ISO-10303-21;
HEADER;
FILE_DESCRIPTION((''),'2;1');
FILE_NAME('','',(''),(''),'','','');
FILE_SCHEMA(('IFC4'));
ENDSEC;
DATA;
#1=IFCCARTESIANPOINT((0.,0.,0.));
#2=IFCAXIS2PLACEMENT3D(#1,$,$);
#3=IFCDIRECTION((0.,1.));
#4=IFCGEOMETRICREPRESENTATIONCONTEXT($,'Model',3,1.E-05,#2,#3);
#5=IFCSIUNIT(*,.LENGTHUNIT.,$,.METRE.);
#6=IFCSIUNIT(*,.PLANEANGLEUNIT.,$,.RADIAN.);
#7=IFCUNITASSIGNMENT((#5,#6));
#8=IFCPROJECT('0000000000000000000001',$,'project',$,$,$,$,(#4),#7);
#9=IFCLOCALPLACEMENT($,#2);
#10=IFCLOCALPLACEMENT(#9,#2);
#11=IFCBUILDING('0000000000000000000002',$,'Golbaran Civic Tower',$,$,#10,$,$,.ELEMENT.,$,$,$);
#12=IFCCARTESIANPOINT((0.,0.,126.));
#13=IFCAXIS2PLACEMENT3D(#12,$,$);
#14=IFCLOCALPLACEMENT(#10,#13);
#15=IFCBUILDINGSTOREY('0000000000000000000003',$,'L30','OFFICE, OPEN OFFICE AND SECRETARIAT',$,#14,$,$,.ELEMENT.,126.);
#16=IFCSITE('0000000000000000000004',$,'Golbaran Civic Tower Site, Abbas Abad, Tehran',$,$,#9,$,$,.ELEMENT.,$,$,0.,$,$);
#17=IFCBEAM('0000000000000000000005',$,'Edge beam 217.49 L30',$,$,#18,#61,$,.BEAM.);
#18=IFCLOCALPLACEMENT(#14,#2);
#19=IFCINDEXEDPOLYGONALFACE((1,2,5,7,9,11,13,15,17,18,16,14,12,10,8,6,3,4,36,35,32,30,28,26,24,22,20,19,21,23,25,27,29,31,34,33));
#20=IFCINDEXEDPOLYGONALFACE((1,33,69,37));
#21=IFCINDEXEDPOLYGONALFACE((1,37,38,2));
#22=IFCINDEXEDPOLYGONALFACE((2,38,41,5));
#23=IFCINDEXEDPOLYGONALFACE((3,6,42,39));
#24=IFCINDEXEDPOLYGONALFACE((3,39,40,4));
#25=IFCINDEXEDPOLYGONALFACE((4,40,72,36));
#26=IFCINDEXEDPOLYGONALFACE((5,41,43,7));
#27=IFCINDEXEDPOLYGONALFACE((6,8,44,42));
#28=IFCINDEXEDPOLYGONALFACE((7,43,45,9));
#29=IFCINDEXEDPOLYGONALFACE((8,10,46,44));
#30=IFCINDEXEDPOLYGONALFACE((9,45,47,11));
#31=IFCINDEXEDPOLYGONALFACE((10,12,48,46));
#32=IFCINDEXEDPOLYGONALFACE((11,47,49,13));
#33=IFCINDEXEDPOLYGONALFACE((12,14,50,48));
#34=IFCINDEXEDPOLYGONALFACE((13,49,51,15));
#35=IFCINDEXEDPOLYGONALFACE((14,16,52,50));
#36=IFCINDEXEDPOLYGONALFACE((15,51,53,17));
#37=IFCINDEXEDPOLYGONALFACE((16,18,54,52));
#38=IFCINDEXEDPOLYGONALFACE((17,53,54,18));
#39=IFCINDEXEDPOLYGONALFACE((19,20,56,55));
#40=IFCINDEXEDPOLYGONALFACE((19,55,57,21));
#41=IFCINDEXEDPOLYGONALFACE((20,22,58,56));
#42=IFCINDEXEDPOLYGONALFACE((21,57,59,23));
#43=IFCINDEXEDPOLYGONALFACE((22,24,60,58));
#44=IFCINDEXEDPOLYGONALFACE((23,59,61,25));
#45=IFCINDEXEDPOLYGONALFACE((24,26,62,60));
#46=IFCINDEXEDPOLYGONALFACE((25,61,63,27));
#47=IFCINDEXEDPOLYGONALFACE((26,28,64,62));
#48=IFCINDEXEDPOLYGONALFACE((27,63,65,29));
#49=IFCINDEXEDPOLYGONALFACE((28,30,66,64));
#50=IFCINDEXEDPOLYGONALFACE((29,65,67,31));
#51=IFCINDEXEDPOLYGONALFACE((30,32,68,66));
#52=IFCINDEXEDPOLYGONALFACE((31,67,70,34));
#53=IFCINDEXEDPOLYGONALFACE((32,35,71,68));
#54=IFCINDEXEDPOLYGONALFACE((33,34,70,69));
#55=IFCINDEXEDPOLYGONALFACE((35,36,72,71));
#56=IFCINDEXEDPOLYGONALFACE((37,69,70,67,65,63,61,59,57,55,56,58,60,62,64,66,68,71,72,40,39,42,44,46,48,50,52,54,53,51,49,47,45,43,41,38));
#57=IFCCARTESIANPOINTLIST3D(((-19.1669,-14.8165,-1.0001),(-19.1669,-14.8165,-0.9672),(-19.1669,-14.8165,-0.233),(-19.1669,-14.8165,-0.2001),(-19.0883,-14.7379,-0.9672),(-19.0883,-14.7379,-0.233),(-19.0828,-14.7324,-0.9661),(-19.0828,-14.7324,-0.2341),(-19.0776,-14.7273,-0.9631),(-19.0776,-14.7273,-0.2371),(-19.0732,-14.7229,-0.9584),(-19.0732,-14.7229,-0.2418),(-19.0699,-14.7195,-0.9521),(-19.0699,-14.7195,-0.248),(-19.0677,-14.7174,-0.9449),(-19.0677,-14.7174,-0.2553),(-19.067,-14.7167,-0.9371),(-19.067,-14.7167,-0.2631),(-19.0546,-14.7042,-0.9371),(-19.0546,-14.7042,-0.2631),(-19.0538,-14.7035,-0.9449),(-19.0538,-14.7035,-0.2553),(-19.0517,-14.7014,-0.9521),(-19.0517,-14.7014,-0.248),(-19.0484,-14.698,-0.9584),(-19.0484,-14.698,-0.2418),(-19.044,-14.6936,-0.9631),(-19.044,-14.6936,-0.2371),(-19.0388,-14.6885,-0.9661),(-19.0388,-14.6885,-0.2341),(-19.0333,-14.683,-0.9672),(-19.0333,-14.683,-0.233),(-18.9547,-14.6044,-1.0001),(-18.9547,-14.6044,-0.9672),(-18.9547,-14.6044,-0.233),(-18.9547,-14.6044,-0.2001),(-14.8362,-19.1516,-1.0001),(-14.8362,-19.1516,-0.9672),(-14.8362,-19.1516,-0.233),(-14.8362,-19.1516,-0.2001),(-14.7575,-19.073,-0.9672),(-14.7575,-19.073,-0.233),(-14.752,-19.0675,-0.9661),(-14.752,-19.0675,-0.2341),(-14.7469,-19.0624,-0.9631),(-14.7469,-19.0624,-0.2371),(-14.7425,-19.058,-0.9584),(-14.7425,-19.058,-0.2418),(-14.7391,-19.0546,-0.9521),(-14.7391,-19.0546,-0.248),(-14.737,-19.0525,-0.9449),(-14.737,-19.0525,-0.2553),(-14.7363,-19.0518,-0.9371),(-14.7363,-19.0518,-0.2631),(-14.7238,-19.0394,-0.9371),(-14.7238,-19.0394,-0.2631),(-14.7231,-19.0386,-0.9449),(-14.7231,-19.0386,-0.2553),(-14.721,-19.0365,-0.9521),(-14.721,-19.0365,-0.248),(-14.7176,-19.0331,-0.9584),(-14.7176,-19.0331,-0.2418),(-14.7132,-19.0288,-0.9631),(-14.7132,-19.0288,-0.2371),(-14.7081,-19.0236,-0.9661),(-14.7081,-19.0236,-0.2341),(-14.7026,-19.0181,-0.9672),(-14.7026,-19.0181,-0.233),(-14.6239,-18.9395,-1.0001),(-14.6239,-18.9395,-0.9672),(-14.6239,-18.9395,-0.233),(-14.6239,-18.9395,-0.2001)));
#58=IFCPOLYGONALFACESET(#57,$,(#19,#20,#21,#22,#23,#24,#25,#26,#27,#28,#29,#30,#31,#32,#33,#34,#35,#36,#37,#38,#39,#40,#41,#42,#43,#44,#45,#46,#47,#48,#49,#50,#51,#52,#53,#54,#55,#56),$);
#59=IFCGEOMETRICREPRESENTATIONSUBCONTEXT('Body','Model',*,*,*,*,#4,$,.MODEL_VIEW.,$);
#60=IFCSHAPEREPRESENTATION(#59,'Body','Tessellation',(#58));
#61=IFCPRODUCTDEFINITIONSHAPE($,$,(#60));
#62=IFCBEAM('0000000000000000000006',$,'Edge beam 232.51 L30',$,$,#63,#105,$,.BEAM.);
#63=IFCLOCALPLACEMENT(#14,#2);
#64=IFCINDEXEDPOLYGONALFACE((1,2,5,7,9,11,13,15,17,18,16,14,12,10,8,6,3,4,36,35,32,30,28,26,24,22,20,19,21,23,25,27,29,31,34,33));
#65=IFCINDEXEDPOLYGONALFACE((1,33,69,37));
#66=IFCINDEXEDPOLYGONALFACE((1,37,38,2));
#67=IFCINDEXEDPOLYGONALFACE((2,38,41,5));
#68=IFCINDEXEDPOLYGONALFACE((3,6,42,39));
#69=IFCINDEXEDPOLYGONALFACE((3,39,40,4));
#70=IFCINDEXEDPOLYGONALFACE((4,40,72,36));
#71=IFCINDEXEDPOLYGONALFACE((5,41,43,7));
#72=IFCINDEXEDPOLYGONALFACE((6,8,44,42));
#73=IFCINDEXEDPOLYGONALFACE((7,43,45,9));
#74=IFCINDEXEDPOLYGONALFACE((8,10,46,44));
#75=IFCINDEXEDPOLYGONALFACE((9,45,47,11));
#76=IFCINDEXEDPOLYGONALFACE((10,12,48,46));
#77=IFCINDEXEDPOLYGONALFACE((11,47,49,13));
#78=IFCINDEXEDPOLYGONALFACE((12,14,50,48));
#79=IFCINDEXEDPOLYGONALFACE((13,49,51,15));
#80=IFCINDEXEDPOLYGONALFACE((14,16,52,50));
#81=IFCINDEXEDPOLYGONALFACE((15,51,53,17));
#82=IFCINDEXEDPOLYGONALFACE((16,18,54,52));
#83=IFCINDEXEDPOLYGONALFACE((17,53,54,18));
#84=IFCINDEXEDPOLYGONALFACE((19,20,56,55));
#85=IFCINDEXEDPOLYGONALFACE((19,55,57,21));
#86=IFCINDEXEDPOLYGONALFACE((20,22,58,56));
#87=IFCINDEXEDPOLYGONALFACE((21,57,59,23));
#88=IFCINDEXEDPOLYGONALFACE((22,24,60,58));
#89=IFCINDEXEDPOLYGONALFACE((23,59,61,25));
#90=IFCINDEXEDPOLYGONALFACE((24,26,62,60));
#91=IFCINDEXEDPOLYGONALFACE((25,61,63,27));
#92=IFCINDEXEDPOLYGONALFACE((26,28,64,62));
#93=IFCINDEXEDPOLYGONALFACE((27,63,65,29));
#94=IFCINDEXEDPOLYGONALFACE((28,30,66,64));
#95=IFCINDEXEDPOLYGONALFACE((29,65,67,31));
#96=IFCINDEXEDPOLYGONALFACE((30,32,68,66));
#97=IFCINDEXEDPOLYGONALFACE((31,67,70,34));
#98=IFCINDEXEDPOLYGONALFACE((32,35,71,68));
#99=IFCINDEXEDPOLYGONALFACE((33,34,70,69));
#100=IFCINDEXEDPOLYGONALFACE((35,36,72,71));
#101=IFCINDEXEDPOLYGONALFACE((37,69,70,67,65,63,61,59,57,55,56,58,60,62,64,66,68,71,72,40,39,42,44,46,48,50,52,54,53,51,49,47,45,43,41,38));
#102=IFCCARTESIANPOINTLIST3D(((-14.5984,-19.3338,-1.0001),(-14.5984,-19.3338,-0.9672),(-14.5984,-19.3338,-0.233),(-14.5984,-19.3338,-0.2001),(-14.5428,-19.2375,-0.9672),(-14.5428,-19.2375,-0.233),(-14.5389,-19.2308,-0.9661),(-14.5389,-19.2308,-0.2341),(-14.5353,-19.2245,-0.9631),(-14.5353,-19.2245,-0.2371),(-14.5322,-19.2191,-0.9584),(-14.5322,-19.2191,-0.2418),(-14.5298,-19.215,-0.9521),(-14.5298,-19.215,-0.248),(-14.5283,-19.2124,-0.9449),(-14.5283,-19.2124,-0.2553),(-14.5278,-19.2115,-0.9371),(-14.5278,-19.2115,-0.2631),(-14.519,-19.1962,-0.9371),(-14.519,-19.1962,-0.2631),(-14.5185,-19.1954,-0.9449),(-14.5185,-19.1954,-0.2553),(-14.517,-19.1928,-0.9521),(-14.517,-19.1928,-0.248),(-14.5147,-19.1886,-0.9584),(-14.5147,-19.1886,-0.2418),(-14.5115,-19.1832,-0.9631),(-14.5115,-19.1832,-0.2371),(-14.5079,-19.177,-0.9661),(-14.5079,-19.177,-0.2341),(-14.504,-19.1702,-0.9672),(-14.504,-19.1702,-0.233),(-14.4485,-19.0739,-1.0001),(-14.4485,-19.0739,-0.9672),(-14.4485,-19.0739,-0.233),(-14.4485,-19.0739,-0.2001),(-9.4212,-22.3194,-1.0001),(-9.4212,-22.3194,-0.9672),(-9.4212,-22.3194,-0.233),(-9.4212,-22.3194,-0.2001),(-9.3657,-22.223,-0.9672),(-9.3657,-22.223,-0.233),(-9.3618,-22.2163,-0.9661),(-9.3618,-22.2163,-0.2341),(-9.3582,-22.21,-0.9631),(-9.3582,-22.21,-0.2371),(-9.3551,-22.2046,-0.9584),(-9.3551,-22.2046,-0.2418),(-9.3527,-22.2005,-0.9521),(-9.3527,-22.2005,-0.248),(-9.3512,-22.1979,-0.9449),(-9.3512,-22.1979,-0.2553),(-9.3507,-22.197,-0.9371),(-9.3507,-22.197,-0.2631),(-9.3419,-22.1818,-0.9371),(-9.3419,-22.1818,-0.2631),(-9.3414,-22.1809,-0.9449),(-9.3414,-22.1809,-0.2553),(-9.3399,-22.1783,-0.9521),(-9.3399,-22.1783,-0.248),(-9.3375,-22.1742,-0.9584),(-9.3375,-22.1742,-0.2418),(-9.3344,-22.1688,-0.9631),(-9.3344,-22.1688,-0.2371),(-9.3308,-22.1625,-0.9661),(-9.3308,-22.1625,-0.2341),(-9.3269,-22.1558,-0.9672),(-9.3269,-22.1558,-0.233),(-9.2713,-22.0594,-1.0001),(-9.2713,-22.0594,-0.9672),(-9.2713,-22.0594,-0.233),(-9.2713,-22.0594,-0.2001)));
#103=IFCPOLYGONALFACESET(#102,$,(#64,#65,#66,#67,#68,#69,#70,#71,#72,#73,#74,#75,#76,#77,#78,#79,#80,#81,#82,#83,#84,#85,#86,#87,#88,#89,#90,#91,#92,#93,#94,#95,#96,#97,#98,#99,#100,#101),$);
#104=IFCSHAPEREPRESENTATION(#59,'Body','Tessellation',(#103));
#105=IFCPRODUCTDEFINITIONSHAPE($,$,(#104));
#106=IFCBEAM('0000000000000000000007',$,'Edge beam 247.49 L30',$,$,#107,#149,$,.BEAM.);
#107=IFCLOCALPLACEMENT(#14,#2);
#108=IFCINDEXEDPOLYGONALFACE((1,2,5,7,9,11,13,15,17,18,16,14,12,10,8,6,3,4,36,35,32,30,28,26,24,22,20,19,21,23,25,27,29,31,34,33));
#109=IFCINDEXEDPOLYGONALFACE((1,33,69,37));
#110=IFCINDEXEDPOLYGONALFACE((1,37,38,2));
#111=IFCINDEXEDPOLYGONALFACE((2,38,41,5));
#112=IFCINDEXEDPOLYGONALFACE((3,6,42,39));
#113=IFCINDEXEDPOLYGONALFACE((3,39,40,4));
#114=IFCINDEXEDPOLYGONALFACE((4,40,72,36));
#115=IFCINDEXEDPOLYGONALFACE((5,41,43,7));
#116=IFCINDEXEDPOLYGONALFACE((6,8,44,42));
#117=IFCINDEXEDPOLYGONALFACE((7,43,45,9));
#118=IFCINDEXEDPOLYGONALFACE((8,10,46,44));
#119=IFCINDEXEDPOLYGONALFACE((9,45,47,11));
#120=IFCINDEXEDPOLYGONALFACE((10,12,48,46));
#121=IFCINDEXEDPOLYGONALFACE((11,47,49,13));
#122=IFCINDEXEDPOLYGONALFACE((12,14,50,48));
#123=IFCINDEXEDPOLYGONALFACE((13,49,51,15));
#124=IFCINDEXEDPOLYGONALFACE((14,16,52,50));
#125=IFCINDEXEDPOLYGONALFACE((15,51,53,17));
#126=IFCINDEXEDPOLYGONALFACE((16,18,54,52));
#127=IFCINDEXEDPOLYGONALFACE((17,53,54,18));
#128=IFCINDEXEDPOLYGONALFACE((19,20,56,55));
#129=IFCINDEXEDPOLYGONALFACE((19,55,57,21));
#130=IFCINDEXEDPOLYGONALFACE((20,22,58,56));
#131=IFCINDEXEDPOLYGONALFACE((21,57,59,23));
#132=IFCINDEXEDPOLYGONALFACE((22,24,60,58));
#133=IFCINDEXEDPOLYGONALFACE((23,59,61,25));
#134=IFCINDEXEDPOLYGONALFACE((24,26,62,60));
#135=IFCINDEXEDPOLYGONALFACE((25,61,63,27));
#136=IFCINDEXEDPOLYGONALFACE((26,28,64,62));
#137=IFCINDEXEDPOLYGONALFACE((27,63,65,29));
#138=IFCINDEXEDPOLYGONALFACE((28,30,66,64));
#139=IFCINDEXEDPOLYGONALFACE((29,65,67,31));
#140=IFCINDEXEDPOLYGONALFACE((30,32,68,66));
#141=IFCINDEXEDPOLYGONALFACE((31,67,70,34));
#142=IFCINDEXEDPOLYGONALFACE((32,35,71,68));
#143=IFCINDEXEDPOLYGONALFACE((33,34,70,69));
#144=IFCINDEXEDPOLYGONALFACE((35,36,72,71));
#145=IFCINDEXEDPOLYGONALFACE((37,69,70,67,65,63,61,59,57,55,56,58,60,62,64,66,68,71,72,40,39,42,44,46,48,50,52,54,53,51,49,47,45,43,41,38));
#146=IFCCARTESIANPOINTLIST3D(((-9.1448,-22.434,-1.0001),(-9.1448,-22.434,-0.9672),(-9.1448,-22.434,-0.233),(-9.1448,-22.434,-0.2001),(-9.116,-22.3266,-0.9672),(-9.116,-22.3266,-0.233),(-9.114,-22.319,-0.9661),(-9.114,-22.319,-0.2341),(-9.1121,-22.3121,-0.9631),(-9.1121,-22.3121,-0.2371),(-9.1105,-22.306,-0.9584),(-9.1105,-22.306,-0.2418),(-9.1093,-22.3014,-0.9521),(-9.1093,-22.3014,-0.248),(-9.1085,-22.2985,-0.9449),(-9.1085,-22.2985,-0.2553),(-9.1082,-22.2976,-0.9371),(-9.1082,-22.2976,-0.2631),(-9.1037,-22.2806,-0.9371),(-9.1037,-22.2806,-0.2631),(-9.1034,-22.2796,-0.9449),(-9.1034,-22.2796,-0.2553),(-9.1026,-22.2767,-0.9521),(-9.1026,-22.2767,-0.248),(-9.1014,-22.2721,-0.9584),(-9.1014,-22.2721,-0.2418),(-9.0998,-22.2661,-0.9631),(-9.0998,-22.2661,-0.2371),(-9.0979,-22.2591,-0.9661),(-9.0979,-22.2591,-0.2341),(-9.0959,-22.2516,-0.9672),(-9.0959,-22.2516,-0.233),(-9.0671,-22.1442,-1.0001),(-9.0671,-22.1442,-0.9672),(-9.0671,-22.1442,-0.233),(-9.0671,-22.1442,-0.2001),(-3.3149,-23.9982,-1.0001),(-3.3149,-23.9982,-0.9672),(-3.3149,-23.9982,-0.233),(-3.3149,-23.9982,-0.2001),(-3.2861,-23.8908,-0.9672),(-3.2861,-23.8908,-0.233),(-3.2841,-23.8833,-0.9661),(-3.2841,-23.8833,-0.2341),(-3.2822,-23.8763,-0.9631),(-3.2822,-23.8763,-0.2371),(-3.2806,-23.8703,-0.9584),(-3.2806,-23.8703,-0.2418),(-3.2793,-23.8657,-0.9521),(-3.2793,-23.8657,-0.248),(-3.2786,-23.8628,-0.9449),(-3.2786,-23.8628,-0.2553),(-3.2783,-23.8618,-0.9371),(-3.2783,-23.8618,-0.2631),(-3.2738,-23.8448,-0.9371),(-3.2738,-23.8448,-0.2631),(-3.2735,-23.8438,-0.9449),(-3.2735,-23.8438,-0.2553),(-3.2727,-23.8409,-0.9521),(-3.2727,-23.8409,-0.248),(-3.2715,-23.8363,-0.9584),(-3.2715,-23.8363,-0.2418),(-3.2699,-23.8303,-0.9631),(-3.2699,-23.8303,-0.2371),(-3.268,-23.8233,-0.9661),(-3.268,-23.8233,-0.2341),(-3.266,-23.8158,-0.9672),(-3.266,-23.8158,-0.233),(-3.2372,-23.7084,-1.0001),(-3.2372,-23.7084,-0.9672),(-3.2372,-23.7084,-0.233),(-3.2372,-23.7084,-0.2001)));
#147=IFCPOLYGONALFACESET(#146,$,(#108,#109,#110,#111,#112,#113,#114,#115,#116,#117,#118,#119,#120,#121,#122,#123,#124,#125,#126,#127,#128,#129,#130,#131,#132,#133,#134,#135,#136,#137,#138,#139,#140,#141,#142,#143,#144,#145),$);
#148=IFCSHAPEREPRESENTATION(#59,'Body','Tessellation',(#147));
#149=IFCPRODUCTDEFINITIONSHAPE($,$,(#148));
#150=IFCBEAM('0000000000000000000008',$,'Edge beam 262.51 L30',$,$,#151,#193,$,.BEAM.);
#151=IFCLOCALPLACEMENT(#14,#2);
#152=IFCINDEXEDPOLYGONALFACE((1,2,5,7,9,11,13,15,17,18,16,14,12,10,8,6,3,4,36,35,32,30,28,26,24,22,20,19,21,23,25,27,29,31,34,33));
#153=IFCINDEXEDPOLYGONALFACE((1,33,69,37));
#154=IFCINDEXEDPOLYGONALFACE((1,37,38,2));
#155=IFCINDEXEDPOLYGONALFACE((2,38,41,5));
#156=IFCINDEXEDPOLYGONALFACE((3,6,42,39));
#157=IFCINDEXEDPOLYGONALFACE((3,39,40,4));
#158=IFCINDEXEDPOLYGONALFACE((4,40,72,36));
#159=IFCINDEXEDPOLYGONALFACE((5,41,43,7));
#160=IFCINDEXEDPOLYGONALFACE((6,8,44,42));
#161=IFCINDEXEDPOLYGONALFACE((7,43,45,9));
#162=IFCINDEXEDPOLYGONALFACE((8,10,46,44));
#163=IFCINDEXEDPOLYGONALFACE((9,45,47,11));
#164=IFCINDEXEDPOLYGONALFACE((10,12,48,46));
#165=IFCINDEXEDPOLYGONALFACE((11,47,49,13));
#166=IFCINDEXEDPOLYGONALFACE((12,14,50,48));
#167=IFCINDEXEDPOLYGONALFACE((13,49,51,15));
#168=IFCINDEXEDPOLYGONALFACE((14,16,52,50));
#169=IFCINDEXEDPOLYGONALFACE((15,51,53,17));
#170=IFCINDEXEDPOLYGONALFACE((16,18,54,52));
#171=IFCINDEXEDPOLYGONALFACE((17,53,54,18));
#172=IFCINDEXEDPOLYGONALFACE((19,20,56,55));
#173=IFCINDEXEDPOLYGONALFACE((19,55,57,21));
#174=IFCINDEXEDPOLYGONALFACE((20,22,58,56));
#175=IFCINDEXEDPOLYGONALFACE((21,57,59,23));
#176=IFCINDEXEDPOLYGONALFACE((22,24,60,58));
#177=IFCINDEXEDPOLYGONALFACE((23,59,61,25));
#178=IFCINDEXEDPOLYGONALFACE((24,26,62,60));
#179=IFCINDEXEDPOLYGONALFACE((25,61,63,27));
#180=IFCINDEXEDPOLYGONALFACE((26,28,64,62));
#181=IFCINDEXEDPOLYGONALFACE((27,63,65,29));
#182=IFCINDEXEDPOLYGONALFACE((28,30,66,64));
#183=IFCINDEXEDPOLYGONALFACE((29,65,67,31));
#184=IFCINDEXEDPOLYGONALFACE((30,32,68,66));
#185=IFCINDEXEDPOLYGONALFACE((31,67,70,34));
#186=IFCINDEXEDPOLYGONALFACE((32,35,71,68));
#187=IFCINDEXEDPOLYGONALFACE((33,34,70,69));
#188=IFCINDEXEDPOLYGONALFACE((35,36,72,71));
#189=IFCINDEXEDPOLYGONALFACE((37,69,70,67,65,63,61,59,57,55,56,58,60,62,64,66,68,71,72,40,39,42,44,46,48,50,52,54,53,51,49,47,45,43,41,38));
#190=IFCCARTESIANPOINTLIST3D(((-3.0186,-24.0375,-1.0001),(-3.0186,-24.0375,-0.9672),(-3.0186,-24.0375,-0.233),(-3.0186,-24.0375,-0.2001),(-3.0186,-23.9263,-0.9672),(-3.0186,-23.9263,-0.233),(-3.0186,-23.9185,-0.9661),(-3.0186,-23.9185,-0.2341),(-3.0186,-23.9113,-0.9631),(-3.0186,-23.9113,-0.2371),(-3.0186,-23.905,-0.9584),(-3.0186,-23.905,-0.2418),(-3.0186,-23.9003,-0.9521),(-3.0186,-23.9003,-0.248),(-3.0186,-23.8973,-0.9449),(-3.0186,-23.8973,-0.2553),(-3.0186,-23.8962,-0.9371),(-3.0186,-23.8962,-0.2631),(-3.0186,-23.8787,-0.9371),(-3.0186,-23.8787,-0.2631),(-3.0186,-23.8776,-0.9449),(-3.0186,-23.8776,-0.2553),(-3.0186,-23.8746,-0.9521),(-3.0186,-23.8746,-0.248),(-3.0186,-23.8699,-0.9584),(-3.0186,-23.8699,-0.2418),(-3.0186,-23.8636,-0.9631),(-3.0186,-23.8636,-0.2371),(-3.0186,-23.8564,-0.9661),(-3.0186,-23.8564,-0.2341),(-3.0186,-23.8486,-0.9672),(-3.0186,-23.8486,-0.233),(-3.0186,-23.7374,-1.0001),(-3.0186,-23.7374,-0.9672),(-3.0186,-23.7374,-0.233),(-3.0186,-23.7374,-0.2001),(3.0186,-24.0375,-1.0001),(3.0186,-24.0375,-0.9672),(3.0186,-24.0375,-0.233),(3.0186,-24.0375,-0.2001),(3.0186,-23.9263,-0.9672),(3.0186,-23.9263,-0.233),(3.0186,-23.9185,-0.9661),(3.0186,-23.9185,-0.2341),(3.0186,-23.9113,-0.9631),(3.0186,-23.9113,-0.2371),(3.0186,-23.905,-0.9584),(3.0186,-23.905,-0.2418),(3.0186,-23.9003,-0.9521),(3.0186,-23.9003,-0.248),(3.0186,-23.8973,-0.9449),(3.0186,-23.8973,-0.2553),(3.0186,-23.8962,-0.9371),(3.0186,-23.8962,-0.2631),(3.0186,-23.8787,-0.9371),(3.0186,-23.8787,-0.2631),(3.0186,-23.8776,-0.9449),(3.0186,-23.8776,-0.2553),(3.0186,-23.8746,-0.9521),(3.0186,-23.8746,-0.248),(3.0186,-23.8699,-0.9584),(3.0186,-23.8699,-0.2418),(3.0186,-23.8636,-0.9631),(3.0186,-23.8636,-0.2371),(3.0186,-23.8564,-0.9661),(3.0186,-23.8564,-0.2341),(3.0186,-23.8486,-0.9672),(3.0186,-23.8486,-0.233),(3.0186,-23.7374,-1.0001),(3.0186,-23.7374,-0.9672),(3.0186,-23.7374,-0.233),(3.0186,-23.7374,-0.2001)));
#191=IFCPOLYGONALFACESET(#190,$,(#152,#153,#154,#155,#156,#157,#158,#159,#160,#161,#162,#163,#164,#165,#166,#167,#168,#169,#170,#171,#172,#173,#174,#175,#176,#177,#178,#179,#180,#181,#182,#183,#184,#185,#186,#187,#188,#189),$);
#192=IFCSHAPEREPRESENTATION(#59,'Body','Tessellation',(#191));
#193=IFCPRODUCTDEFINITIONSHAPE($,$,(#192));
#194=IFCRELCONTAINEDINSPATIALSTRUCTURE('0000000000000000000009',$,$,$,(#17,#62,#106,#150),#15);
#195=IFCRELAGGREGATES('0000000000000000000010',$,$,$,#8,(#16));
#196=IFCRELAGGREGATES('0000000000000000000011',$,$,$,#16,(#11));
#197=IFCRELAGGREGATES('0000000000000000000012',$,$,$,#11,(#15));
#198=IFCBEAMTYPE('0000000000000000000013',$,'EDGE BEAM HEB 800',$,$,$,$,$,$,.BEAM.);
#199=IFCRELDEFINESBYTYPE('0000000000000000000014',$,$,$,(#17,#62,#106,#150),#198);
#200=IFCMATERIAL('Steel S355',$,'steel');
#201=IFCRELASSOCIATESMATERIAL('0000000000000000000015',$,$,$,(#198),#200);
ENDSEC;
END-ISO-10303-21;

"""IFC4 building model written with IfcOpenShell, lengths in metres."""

from ifc_helpers import new_model, si_unit, direction, frame, origin, origin_2d, place, context, subcontext, project, spatial, i_section, extrude, material, material_profile, profile_set, type_object, element, save


model = new_model("IFC4")

# Units and contexts
model_context = context("Model", 3, precision=1e-05, world=origin(), true_north=direction((0.0, 1.0)))
body_context = subcontext(model_context, "Body", "Model", "MODEL_VIEW")
ifc_project = project(units=[si_unit("LENGTHUNIT", "METRE"), si_unit("PLANEANGLEUNIT", "RADIAN")], contexts=[model_context])

# Site, building, storey
site_placement = place(None, origin())
site = spatial("IfcSite", under=ifc_project, at=site_placement, Name="Golbaran Civic Tower Site, Abbas Abad, Tehran", CompositionType="ELEMENT", RefElevation=0.0)
building_placement = place(site_placement, origin())
building = spatial("IfcBuilding", under=site, at=building_placement, Name="Golbaran Civic Tower", CompositionType="ELEMENT")
storey_placement = place(building_placement, frame((0.0, 0.0, 126.0)))
storey = spatial("IfcBuildingStorey", under=building, at=storey_placement, Name="L30", Description="OFFICE, OPEN OFFICE AND SECRETARIAT", CompositionType="ELEMENT", Elevation=126.0)

# Beams
ifc_material_1 = material(Name="Steel S355", Category="steel")
ifc_material_profile_1 = material_profile(ifc_material_1, i_section(OverallWidth=0.3, OverallDepth=0.8, WebThickness=0.0176, FlangeThickness=0.033, FilletRadius=0.03, at=origin_2d()), Name="HEB 800")
ifc_profile_set_1 = profile_set([ifc_material_profile_1], Name="Steel S355")
beam_type_1 = type_object("IfcBeamType", Name="EDGE BEAM HEB 800", PredefinedType="BEAM", material=ifc_profile_set_1)
beam_1_placement = place(storey_placement, frame((-19.0608, -14.7104, -0.6001), z_axis=(0.706748, -0.707465, 0.0), x_axis=(0.707465, 0.706748, 0.0)))
element("IfcBeam", 1, at=beam_1_placement, inside=storey, type_object=beam_type_1, Name="Edge beam 217.49 L30", PredefinedType="BEAM", context=body_context, shape_type="SweptSolid", body=[
    extrude(i_section(OverallWidth=0.3, OverallDepth=0.8, WebThickness=0.0176, FlangeThickness=0.033, FilletRadius=0.03, at=origin_2d()), origin(), (0.0, 0.0, 1.0), 6.1277),
])
beam_2_placement = place(storey_placement, frame((-14.5234, -19.2039, -0.6001), z_axis=(0.866278, -0.499562, 0.0), x_axis=(0.499562, 0.866278, 0.0)))
element("IfcBeam", 2, at=beam_2_placement, inside=storey, type_object=beam_type_1, Name="Edge beam 232.51 L30", PredefinedType="BEAM", context=body_context, shape_type="SweptSolid", body=[
    extrude(i_section(OverallWidth=0.3, OverallDepth=0.8, WebThickness=0.0176, FlangeThickness=0.033, FilletRadius=0.03, at=origin_2d()), origin(), (0.0, 0.0, 1.0), 5.9763),
])
beam_3_placement = place(storey_placement, frame((-9.106, -22.2891, -0.6001), z_axis=(0.965838, -0.259145, 0.0), x_axis=(0.259145, 0.965838, 0.0)))
element("IfcBeam", 3, at=beam_3_placement, inside=storey, type_object=beam_type_1, Name="Edge beam 247.49 L30", PredefinedType="BEAM", context=body_context, shape_type="SweptSolid", body=[
    extrude(i_section(OverallWidth=0.3, OverallDepth=0.8, WebThickness=0.0176, FlangeThickness=0.033, FilletRadius=0.03, at=origin_2d()), origin(), (0.0, 0.0, 1.0), 6.0361),
])
beam_4_placement = place(storey_placement, frame((-3.0186, -23.8875, -0.6001), z_axis=(1.0, 0.0, 0.0), x_axis=(0.0, 1.0, 0.0)))
element("IfcBeam", 4, at=beam_4_placement, inside=storey, type_object=beam_type_1, Name="Edge beam 262.51 L30", PredefinedType="BEAM", context=body_context, shape_type="SweptSolid", body=[
    extrude(i_section(OverallWidth=0.3, OverallDepth=0.8, WebThickness=0.0176, FlangeThickness=0.033, FilletRadius=0.03, at=origin_2d()), origin(), (0.0, 0.0, 1.0), 6.0371),
])

save(model, "model.ifc")
